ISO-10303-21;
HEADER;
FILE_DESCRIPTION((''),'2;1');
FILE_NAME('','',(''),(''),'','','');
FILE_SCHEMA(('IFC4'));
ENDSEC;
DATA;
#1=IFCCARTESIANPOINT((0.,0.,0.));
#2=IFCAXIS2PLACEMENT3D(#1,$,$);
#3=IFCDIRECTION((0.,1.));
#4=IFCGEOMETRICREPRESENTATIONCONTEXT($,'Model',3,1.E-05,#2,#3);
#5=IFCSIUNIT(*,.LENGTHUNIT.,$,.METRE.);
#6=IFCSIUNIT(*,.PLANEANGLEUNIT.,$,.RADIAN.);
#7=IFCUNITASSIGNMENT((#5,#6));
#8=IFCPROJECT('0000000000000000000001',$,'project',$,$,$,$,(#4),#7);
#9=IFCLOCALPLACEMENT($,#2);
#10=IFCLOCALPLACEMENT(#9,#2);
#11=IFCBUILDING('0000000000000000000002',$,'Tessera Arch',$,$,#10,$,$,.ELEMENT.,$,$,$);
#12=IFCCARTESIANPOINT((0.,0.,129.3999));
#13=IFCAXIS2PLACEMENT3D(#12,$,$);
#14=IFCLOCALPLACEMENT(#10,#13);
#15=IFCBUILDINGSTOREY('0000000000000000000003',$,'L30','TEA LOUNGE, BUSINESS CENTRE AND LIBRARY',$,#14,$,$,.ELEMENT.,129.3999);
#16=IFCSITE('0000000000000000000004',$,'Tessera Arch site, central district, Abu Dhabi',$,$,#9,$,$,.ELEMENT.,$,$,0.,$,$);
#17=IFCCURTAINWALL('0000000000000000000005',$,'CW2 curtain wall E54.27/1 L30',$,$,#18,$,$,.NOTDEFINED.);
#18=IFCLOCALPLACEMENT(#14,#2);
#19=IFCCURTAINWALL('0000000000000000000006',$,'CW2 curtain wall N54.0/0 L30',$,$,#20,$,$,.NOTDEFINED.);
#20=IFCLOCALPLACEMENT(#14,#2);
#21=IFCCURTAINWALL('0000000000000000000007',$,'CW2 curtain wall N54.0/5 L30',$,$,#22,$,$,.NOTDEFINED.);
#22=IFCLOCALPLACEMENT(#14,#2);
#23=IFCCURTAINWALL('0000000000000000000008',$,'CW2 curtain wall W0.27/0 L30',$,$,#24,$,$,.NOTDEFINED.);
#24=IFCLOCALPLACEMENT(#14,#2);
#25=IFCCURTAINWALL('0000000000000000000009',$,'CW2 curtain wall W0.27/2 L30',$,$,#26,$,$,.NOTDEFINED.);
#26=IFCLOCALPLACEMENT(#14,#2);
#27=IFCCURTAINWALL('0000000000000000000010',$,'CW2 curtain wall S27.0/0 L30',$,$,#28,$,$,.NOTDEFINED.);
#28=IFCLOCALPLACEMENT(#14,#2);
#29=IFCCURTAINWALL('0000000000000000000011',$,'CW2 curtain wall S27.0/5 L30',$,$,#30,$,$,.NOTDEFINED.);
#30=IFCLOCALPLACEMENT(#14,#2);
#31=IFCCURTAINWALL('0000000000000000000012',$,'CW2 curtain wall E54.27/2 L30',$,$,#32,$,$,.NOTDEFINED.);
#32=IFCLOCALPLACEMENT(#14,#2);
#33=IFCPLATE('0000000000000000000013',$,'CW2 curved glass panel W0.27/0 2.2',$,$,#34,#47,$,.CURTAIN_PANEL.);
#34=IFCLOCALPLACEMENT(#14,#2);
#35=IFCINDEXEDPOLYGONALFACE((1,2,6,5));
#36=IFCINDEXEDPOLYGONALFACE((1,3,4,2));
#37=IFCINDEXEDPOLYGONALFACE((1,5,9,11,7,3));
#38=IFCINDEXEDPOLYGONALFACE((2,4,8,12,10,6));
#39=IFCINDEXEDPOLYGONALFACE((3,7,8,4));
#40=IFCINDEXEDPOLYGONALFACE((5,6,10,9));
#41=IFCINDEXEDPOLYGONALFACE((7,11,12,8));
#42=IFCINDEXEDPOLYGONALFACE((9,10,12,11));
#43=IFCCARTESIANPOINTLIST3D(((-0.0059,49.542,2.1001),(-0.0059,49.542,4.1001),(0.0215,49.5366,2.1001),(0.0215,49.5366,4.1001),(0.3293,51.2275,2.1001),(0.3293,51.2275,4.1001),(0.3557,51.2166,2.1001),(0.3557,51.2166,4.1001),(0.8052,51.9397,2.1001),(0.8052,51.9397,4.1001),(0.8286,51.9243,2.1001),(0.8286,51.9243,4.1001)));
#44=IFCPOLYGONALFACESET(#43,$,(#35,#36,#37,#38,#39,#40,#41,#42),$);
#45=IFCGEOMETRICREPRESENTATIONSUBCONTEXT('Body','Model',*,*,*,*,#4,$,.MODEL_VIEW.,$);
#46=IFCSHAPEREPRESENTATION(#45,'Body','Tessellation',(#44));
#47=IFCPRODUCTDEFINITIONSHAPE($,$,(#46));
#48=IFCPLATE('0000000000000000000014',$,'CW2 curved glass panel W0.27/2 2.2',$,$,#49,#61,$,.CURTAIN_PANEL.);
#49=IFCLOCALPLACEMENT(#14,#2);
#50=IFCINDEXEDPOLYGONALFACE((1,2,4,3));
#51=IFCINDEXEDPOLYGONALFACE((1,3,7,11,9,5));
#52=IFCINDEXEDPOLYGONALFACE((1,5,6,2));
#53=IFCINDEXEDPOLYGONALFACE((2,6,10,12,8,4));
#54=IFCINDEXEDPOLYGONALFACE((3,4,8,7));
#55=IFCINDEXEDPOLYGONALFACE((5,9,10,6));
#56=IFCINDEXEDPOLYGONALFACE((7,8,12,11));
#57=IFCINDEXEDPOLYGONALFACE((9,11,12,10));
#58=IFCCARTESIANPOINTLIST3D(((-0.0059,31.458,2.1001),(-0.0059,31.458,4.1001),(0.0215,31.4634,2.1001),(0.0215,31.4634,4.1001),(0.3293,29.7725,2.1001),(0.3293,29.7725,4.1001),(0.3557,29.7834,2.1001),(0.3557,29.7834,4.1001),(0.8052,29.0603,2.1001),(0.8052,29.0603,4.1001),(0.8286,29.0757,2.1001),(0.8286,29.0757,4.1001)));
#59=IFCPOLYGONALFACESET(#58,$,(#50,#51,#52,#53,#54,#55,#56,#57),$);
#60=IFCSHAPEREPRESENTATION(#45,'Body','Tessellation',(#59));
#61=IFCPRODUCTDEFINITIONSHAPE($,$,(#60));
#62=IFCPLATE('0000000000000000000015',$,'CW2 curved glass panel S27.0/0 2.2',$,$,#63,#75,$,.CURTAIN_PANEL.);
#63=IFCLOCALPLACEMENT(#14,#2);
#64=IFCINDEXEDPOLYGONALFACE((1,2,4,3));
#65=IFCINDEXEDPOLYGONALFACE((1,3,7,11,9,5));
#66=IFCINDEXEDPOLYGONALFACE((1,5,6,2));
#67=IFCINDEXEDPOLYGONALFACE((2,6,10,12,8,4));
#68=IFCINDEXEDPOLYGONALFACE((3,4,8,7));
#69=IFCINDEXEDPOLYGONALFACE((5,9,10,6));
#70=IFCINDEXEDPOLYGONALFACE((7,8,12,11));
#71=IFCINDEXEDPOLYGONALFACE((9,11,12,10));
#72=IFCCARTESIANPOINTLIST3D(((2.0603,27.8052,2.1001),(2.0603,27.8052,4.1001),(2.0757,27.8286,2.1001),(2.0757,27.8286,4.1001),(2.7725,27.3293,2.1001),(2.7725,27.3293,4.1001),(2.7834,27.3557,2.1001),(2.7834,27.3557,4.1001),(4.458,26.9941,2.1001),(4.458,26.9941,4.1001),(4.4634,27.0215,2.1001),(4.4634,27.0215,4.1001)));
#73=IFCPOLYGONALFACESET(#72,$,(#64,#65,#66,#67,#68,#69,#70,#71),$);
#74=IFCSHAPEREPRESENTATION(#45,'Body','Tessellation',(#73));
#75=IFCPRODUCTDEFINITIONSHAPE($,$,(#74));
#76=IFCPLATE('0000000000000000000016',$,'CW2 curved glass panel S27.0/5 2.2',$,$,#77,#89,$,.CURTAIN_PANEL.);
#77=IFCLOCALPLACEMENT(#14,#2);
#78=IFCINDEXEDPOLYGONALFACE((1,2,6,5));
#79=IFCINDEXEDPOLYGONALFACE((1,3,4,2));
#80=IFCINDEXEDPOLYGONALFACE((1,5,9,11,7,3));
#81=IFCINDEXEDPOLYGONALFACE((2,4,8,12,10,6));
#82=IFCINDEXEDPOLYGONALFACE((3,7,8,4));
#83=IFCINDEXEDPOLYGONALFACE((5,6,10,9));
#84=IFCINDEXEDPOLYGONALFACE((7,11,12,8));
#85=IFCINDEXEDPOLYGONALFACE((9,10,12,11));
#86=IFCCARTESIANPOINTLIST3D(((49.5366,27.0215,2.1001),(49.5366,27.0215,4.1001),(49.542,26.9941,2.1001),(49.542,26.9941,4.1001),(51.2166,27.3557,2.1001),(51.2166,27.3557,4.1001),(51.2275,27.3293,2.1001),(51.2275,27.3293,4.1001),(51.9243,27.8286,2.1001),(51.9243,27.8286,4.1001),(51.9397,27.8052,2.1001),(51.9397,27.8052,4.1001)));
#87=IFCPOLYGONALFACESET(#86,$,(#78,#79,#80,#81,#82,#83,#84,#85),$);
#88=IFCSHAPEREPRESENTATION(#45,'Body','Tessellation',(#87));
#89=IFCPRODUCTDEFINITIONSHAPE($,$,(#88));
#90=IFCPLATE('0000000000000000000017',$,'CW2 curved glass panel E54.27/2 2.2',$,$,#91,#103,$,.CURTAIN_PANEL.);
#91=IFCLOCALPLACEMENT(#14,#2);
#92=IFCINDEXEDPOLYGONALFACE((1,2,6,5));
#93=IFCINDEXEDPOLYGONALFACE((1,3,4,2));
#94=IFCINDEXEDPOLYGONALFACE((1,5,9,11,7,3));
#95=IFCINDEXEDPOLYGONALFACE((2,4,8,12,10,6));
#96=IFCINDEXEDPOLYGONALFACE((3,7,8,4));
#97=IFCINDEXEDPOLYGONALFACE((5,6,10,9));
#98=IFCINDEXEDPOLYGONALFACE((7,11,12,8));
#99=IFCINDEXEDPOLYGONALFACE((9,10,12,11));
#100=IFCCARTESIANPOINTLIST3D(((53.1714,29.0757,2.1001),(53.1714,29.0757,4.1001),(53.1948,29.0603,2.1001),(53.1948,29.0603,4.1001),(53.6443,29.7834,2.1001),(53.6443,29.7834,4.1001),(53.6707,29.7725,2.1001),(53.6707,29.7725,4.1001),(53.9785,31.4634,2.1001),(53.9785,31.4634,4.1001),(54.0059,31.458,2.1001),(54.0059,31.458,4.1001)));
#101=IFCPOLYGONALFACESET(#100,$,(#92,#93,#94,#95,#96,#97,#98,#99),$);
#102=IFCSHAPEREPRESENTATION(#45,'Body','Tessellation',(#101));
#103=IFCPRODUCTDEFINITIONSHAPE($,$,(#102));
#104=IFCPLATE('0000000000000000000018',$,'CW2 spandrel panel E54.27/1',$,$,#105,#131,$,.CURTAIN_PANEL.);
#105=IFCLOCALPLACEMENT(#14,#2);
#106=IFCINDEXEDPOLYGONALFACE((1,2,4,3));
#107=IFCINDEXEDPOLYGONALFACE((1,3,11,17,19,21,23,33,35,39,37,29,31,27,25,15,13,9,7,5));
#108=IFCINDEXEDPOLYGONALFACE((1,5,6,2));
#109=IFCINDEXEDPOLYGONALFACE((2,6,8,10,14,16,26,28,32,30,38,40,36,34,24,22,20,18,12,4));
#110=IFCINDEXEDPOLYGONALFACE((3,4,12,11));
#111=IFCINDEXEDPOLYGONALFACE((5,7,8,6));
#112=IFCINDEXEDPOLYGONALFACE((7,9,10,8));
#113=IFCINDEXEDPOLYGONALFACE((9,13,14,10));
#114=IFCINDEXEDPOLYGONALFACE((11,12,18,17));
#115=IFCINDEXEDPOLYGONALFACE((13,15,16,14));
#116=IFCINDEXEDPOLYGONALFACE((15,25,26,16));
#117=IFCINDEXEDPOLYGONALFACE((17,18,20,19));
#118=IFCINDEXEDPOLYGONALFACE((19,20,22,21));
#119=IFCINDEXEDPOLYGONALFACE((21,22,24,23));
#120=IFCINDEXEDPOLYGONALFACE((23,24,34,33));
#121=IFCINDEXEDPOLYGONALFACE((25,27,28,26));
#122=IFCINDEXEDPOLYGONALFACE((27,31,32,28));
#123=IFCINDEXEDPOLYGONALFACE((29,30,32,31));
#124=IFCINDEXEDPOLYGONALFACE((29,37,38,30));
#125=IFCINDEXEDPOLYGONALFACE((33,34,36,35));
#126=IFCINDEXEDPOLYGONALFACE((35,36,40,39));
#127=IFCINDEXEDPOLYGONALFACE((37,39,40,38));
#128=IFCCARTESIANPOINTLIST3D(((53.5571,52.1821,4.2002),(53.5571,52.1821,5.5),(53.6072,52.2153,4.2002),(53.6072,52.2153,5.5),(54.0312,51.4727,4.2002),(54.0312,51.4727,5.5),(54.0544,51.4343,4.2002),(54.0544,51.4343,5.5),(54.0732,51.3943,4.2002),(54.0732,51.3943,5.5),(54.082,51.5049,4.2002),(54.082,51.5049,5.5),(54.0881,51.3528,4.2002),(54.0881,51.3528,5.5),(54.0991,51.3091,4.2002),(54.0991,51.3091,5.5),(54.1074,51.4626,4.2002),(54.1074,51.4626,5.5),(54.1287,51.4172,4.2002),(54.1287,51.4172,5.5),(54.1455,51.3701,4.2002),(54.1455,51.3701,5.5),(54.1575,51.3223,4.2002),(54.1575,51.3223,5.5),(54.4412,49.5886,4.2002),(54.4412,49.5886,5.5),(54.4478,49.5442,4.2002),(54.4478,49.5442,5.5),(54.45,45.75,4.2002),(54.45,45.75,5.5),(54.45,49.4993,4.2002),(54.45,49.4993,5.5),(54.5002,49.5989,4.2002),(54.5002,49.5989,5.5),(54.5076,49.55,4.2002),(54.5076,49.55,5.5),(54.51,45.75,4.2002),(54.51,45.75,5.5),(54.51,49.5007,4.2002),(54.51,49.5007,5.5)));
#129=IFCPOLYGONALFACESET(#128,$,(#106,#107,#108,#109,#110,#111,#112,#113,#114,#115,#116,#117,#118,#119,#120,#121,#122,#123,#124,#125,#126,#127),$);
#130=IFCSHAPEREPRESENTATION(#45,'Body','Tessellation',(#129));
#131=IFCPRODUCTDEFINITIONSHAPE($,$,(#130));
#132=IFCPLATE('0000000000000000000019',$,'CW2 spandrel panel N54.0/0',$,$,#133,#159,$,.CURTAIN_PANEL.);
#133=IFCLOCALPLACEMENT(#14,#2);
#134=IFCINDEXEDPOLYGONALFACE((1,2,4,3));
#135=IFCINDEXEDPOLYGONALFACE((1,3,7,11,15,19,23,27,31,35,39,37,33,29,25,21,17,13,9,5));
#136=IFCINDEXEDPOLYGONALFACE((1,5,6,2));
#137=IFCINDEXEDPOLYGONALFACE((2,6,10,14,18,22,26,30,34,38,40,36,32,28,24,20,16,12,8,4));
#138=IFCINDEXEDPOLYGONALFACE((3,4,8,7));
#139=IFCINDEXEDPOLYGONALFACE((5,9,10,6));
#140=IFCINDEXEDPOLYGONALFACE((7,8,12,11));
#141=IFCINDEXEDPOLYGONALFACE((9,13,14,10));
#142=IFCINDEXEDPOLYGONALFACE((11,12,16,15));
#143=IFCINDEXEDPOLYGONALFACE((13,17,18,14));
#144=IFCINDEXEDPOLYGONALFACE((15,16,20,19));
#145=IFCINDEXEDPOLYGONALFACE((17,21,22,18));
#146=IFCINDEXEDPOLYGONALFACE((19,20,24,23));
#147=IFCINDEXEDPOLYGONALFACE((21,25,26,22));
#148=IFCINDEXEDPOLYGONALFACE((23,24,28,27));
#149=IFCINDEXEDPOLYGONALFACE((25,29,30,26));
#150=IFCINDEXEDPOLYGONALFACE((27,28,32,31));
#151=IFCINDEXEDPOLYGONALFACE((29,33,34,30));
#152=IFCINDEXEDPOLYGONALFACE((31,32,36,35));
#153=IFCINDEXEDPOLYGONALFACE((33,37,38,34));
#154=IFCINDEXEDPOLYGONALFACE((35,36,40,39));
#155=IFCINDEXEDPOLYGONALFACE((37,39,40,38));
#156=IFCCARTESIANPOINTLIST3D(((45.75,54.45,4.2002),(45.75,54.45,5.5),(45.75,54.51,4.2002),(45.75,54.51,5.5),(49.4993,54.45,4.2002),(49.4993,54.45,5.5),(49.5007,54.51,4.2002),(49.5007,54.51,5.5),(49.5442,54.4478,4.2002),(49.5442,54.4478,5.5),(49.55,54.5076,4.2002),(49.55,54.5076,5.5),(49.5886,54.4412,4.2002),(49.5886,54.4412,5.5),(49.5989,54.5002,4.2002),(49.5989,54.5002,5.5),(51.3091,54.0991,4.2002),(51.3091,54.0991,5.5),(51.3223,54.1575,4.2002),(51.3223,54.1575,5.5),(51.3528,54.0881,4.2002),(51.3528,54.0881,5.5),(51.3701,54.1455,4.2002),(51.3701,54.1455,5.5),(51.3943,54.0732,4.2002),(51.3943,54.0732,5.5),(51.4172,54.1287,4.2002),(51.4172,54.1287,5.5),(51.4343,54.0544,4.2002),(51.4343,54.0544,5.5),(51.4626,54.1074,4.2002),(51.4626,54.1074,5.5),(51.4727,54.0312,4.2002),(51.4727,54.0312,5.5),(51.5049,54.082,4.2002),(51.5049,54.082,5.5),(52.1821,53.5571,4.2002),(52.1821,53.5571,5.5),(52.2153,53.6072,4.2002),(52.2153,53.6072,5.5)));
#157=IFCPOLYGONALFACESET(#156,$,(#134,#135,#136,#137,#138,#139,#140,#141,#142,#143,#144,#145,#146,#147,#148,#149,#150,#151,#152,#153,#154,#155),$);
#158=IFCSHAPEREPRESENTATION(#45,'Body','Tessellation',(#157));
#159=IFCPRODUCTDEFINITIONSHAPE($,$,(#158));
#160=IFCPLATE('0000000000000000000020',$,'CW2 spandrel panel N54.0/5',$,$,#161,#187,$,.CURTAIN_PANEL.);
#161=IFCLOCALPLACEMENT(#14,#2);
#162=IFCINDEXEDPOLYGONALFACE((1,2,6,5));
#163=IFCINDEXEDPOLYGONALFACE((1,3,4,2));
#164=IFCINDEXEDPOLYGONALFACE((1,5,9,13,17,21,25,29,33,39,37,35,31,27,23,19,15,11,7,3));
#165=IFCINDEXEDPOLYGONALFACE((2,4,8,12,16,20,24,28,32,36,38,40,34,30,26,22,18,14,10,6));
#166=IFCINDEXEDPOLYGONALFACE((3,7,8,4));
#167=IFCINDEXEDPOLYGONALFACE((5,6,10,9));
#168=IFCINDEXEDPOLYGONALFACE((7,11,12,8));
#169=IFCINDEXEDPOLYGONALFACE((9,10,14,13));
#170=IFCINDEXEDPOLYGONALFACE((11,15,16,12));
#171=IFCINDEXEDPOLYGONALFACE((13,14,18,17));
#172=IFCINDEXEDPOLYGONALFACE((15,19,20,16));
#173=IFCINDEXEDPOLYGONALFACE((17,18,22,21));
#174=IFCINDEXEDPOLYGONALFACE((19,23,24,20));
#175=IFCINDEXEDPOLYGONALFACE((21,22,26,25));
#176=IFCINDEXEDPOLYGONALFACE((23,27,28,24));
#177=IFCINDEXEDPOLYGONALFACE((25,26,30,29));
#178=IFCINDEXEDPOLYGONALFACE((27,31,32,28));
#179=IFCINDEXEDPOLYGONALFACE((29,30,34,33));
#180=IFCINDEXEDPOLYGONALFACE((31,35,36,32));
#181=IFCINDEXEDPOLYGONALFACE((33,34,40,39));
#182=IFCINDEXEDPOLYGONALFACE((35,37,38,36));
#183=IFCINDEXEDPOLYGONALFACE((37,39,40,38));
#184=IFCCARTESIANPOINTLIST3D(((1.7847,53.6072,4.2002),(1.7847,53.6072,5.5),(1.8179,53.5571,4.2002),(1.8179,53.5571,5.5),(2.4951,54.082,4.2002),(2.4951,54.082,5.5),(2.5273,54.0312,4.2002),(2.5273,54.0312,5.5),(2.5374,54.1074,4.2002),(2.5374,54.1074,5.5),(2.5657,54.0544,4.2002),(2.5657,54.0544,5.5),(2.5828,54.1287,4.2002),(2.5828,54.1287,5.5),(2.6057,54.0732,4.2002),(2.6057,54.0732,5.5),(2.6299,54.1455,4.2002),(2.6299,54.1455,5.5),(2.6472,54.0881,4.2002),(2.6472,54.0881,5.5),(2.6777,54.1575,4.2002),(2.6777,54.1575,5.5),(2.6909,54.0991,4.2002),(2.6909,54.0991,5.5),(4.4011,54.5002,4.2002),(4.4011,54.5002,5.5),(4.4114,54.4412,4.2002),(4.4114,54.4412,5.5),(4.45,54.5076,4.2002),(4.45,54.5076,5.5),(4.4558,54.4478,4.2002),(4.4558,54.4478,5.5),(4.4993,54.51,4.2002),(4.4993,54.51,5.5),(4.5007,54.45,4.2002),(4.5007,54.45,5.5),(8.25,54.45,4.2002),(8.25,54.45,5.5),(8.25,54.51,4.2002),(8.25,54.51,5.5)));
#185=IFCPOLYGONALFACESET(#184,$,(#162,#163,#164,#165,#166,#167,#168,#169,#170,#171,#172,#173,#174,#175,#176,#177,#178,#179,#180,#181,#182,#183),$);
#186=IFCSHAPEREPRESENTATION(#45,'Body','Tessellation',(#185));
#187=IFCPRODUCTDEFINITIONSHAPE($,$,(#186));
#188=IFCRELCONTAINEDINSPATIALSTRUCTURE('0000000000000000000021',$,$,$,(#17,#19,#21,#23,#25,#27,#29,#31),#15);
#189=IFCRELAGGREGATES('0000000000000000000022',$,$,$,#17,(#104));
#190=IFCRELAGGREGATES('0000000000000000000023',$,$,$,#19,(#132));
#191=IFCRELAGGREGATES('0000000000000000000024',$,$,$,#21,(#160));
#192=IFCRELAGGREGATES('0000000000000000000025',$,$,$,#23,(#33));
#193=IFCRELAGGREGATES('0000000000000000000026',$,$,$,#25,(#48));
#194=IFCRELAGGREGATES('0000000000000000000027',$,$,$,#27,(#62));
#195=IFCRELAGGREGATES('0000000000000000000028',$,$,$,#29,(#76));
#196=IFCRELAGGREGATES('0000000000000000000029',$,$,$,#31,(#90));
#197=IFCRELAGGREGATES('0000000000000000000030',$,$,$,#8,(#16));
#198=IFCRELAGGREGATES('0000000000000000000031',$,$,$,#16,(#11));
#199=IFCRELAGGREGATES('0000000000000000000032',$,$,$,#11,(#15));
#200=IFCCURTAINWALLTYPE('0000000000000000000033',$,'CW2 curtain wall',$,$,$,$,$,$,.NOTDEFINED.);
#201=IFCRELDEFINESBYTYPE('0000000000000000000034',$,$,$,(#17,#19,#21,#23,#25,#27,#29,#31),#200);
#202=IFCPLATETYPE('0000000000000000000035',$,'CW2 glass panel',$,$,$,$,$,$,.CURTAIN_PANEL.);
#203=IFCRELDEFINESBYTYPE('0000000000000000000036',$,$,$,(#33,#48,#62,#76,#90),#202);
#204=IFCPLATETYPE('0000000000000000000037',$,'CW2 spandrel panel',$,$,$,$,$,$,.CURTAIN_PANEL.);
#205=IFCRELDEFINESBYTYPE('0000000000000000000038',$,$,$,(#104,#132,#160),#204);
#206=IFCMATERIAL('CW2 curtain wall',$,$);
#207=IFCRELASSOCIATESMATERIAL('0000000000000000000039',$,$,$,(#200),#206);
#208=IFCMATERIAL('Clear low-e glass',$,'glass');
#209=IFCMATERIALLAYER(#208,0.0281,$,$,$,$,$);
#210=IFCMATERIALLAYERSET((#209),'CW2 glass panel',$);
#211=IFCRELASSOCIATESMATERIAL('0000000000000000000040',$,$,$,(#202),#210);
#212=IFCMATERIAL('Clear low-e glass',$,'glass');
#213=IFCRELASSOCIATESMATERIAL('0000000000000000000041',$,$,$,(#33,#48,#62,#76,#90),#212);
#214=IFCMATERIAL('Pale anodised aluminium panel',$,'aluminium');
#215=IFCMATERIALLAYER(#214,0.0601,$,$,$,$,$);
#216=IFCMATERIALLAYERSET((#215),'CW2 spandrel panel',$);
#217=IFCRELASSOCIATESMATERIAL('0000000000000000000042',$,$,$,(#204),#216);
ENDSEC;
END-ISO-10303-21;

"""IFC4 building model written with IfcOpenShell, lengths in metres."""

from ifc_helpers import new_model, si_unit, direction, frame, origin, place, context, subcontext, project, spatial, polyline, outline, extrude, material, layer, layer_set, type_object, element, aggregate, save


model = new_model("IFC4")

# Units and contexts
model_context = context("Model", 3, precision=1e-05, world=origin(), true_north=direction((0.0, 1.0)))
body_context = subcontext(model_context, "Body", "Model", "MODEL_VIEW")
ifc_project = project(units=[si_unit("LENGTHUNIT", "METRE"), si_unit("PLANEANGLEUNIT", "RADIAN")], contexts=[model_context])

# Site, building, storey
site_placement = place(None, origin())
site = spatial("IfcSite", under=ifc_project, at=site_placement, Name="Tessera Arch site, central district, Abu Dhabi", CompositionType="ELEMENT", RefElevation=0.0)
building_placement = place(site_placement, origin())
building = spatial("IfcBuilding", under=site, at=building_placement, Name="Tessera Arch", CompositionType="ELEMENT")
storey_placement = place(building_placement, frame((0.0, 0.0, 129.3999)))
storey = spatial("IfcBuildingStorey", under=building, at=storey_placement, Name="L30", Description="TEA LOUNGE, BUSINESS CENTRE AND LIBRARY", CompositionType="ELEMENT", Elevation=129.3999)

# Curtain walls
ifc_material_1 = material(Name="CW2 curtain wall")
curtain_wall_type = type_object("IfcCurtainWallType", Name="CW2 curtain wall", PredefinedType="NOTDEFINED", material=ifc_material_1)
curtain_wall_1_placement = place(storey_placement, origin())
curtain_wall_1 = element("IfcCurtainWall", 1, at=curtain_wall_1_placement, inside=storey, type_object=curtain_wall_type, Name="CW2 curtain wall E54.27/1 L30", PredefinedType="NOTDEFINED")
curtain_wall_2_placement = place(storey_placement, origin())
curtain_wall_2 = element("IfcCurtainWall", 2, at=curtain_wall_2_placement, inside=storey, type_object=curtain_wall_type, Name="CW2 curtain wall N54.0/0 L30", PredefinedType="NOTDEFINED")
curtain_wall_3_placement = place(storey_placement, origin())
curtain_wall_3 = element("IfcCurtainWall", 3, at=curtain_wall_3_placement, inside=storey, type_object=curtain_wall_type, Name="CW2 curtain wall N54.0/5 L30", PredefinedType="NOTDEFINED")
curtain_wall_4_placement = place(storey_placement, origin())
curtain_wall_4 = element("IfcCurtainWall", 4, at=curtain_wall_4_placement, inside=storey, type_object=curtain_wall_type, Name="CW2 curtain wall W0.27/0 L30", PredefinedType="NOTDEFINED")
curtain_wall_5_placement = place(storey_placement, origin())
curtain_wall_5 = element("IfcCurtainWall", 5, at=curtain_wall_5_placement, inside=storey, type_object=curtain_wall_type, Name="CW2 curtain wall W0.27/2 L30", PredefinedType="NOTDEFINED")
curtain_wall_6_placement = place(storey_placement, origin())
curtain_wall_6 = element("IfcCurtainWall", 6, at=curtain_wall_6_placement, inside=storey, type_object=curtain_wall_type, Name="CW2 curtain wall S27.0/0 L30", PredefinedType="NOTDEFINED")
curtain_wall_7_placement = place(storey_placement, origin())
curtain_wall_7 = element("IfcCurtainWall", 7, at=curtain_wall_7_placement, inside=storey, type_object=curtain_wall_type, Name="CW2 curtain wall S27.0/5 L30", PredefinedType="NOTDEFINED")
curtain_wall_8_placement = place(storey_placement, origin())
curtain_wall_8 = element("IfcCurtainWall", 8, at=curtain_wall_8_placement, inside=storey, type_object=curtain_wall_type, Name="CW2 curtain wall E54.27/2 L30", PredefinedType="NOTDEFINED")

# Plates
ifc_material_2 = material(Name="Clear low-e glass", Category="glass")
ifc_material_3 = material(Name="Clear low-e glass", Category="glass")
ifc_layer_1 = layer(ifc_material_3, 0.0281)
ifc_layer_set_1 = layer_set([ifc_layer_1], Name="CW2 glass panel")
plate_type_1 = type_object("IfcPlateType", Name="CW2 glass panel", PredefinedType="CURTAIN_PANEL", material=ifc_layer_set_1)
plate_1_placement = place(storey_placement, frame((0.0, 0.0, 2.1001)))
plate_1 = element("IfcPlate", 9, at=plate_1_placement, type_object=plate_type_1, material=ifc_material_2, Name="CW2 curved glass panel W0.27/0 2.2", PredefinedType="CURTAIN_PANEL", context=body_context, shape_type="SweptSolid", body=[
    extrude(outline(polyline([(0.3557, 51.2166), (0.8286, 51.9243), (0.8052, 51.9397), (0.3293, 51.2275), (-0.0059, 49.542), (0.0215, 49.5366), (0.3557, 51.2166)])), origin(), (0.0, 0.0, 1.0), 2.0),
])
plate_2_placement = place(storey_placement, frame((0.0, 0.0, 2.1001)))
plate_2 = element("IfcPlate", 10, at=plate_2_placement, type_object=plate_type_1, material=ifc_material_2, Name="CW2 curved glass panel W0.27/2 2.2", PredefinedType="CURTAIN_PANEL", context=body_context, shape_type="SweptSolid", body=[
    extrude(outline(polyline([(0.3557, 29.7834), (0.0215, 31.4634), (-0.0059, 31.458), (0.3293, 29.7725), (0.8052, 29.0603), (0.8286, 29.0757), (0.3557, 29.7834)])), origin(), (0.0, 0.0, 1.0), 2.0),
])
plate_3_placement = place(storey_placement, frame((0.0, 0.0, 2.1001)))
plate_3 = element("IfcPlate", 11, at=plate_3_placement, type_object=plate_type_1, material=ifc_material_2, Name="CW2 curved glass panel S27.0/0 2.2", PredefinedType="CURTAIN_PANEL", context=body_context, shape_type="SweptSolid", body=[
    extrude(outline(polyline([(2.7834, 27.3557), (2.0757, 27.8286), (2.0603, 27.8052), (2.7725, 27.3293), (4.458, 26.9941), (4.4634, 27.0215), (2.7834, 27.3557)])), origin(), (0.0, 0.0, 1.0), 2.0),
])
plate_4_placement = place(storey_placement, frame((0.0, 0.0, 2.1001)))
plate_4 = element("IfcPlate", 12, at=plate_4_placement, type_object=plate_type_1, material=ifc_material_2, Name="CW2 curved glass panel S27.0/5 2.2", PredefinedType="CURTAIN_PANEL", context=body_context, shape_type="SweptSolid", body=[
    extrude(outline(polyline([(51.2166, 27.3557), (49.5366, 27.0215), (49.542, 26.9941), (51.2275, 27.3293), (51.9397, 27.8052), (51.9243, 27.8286), (51.2166, 27.3557)])), origin(), (0.0, 0.0, 1.0), 2.0),
])
plate_5_placement = place(storey_placement, frame((0.0, 0.0, 2.1001)))
plate_5 = element("IfcPlate", 13, at=plate_5_placement, type_object=plate_type_1, material=ifc_material_2, Name="CW2 curved glass panel E54.27/2 2.2", PredefinedType="CURTAIN_PANEL", context=body_context, shape_type="SweptSolid", body=[
    extrude(outline(polyline([(53.6443, 29.7834), (53.1714, 29.0757), (53.1948, 29.0603), (53.6707, 29.7725), (54.0059, 31.458), (53.9785, 31.4634), (53.6443, 29.7834)])), origin(), (0.0, 0.0, 1.0), 2.0),
])
ifc_material_4 = material(Name="Pale anodised aluminium panel", Category="aluminium")
ifc_layer_2 = layer(ifc_material_4, 0.0601)
ifc_layer_set_2 = layer_set([ifc_layer_2], Name="CW2 spandrel panel")
plate_type_2 = type_object("IfcPlateType", Name="CW2 spandrel panel", PredefinedType="CURTAIN_PANEL", material=ifc_layer_set_2)
plate_6_placement = place(storey_placement, frame((0.0, 0.0, 4.2002)))
plate_6 = element("IfcPlate", 14, at=plate_6_placement, type_object=plate_type_2, Name="CW2 spandrel panel E54.27/1", PredefinedType="CURTAIN_PANEL", context=body_context, shape_type="SweptSolid", body=[
    extrude(outline(polyline([(54.45, 49.4993), (54.45, 45.75), (54.51, 45.75), (54.51, 49.5007), (54.5076, 49.55), (54.5002, 49.5989), (54.1575, 51.3223), (54.1455, 51.3701), (54.1287, 51.4172), (54.1074, 51.4626), (54.082, 51.5049), (53.6072, 52.2153), (53.5571, 52.1821), (54.0312, 51.4727), (54.0544, 51.4343), (54.0732, 51.3943), (54.0881, 51.3528), (54.0991, 51.3091), (54.4412, 49.5886), (54.4478, 49.5442), (54.45, 49.4993)])), origin(), (0.0, 0.0, 1.0), 1.2998),
])
aggregate(curtain_wall_1, [plate_6])
plate_7_placement = place(storey_placement, frame((0.0, 0.0, 4.2002)))
plate_7 = element("IfcPlate", 15, at=plate_7_placement, type_object=plate_type_2, Name="CW2 spandrel panel N54.0/0", PredefinedType="CURTAIN_PANEL", context=body_context, shape_type="SweptSolid", body=[
    extrude(outline(polyline([(51.4727, 54.0312), (52.1821, 53.5571), (52.2153, 53.6072), (51.5049, 54.082), (51.4626, 54.1074), (51.4172, 54.1287), (51.3701, 54.1455), (51.3223, 54.1575), (49.5989, 54.5002), (49.55, 54.5076), (49.5007, 54.51), (45.75, 54.51), (45.75, 54.45), (49.4993, 54.45), (49.5442, 54.4478), (49.5886, 54.4412), (51.3091, 54.0991), (51.3528, 54.0881), (51.3943, 54.0732), (51.4343, 54.0544), (51.4727, 54.0312)])), origin(), (0.0, 0.0, 1.0), 1.2998),
])
aggregate(curtain_wall_2, [plate_7])
plate_8_placement = place(storey_placement, frame((0.0, 0.0, 4.2002)))
plate_8 = element("IfcPlate", 16, at=plate_8_placement, type_object=plate_type_2, Name="CW2 spandrel panel N54.0/5", PredefinedType="CURTAIN_PANEL", context=body_context, shape_type="SweptSolid", body=[
    extrude(outline(polyline([(4.5007, 54.45), (8.25, 54.45), (8.25, 54.51), (4.4993, 54.51), (4.45, 54.5076), (4.4011, 54.5002), (2.6777, 54.1575), (2.6299, 54.1455), (2.5828, 54.1287), (2.5374, 54.1074), (2.4951, 54.082), (1.7847, 53.6072), (1.8179, 53.5571), (2.5273, 54.0312), (2.5657, 54.0544), (2.6057, 54.0732), (2.6472, 54.0881), (2.6909, 54.0991), (4.4114, 54.4412), (4.4558, 54.4478), (4.5007, 54.45)])), origin(), (0.0, 0.0, 1.0), 1.2998),
])
aggregate(curtain_wall_3, [plate_8])
aggregate(curtain_wall_4, [plate_1])
aggregate(curtain_wall_5, [plate_2])
aggregate(curtain_wall_6, [plate_3])
aggregate(curtain_wall_7, [plate_4])
aggregate(curtain_wall_8, [plate_5])

save(model, "model.ifc")
